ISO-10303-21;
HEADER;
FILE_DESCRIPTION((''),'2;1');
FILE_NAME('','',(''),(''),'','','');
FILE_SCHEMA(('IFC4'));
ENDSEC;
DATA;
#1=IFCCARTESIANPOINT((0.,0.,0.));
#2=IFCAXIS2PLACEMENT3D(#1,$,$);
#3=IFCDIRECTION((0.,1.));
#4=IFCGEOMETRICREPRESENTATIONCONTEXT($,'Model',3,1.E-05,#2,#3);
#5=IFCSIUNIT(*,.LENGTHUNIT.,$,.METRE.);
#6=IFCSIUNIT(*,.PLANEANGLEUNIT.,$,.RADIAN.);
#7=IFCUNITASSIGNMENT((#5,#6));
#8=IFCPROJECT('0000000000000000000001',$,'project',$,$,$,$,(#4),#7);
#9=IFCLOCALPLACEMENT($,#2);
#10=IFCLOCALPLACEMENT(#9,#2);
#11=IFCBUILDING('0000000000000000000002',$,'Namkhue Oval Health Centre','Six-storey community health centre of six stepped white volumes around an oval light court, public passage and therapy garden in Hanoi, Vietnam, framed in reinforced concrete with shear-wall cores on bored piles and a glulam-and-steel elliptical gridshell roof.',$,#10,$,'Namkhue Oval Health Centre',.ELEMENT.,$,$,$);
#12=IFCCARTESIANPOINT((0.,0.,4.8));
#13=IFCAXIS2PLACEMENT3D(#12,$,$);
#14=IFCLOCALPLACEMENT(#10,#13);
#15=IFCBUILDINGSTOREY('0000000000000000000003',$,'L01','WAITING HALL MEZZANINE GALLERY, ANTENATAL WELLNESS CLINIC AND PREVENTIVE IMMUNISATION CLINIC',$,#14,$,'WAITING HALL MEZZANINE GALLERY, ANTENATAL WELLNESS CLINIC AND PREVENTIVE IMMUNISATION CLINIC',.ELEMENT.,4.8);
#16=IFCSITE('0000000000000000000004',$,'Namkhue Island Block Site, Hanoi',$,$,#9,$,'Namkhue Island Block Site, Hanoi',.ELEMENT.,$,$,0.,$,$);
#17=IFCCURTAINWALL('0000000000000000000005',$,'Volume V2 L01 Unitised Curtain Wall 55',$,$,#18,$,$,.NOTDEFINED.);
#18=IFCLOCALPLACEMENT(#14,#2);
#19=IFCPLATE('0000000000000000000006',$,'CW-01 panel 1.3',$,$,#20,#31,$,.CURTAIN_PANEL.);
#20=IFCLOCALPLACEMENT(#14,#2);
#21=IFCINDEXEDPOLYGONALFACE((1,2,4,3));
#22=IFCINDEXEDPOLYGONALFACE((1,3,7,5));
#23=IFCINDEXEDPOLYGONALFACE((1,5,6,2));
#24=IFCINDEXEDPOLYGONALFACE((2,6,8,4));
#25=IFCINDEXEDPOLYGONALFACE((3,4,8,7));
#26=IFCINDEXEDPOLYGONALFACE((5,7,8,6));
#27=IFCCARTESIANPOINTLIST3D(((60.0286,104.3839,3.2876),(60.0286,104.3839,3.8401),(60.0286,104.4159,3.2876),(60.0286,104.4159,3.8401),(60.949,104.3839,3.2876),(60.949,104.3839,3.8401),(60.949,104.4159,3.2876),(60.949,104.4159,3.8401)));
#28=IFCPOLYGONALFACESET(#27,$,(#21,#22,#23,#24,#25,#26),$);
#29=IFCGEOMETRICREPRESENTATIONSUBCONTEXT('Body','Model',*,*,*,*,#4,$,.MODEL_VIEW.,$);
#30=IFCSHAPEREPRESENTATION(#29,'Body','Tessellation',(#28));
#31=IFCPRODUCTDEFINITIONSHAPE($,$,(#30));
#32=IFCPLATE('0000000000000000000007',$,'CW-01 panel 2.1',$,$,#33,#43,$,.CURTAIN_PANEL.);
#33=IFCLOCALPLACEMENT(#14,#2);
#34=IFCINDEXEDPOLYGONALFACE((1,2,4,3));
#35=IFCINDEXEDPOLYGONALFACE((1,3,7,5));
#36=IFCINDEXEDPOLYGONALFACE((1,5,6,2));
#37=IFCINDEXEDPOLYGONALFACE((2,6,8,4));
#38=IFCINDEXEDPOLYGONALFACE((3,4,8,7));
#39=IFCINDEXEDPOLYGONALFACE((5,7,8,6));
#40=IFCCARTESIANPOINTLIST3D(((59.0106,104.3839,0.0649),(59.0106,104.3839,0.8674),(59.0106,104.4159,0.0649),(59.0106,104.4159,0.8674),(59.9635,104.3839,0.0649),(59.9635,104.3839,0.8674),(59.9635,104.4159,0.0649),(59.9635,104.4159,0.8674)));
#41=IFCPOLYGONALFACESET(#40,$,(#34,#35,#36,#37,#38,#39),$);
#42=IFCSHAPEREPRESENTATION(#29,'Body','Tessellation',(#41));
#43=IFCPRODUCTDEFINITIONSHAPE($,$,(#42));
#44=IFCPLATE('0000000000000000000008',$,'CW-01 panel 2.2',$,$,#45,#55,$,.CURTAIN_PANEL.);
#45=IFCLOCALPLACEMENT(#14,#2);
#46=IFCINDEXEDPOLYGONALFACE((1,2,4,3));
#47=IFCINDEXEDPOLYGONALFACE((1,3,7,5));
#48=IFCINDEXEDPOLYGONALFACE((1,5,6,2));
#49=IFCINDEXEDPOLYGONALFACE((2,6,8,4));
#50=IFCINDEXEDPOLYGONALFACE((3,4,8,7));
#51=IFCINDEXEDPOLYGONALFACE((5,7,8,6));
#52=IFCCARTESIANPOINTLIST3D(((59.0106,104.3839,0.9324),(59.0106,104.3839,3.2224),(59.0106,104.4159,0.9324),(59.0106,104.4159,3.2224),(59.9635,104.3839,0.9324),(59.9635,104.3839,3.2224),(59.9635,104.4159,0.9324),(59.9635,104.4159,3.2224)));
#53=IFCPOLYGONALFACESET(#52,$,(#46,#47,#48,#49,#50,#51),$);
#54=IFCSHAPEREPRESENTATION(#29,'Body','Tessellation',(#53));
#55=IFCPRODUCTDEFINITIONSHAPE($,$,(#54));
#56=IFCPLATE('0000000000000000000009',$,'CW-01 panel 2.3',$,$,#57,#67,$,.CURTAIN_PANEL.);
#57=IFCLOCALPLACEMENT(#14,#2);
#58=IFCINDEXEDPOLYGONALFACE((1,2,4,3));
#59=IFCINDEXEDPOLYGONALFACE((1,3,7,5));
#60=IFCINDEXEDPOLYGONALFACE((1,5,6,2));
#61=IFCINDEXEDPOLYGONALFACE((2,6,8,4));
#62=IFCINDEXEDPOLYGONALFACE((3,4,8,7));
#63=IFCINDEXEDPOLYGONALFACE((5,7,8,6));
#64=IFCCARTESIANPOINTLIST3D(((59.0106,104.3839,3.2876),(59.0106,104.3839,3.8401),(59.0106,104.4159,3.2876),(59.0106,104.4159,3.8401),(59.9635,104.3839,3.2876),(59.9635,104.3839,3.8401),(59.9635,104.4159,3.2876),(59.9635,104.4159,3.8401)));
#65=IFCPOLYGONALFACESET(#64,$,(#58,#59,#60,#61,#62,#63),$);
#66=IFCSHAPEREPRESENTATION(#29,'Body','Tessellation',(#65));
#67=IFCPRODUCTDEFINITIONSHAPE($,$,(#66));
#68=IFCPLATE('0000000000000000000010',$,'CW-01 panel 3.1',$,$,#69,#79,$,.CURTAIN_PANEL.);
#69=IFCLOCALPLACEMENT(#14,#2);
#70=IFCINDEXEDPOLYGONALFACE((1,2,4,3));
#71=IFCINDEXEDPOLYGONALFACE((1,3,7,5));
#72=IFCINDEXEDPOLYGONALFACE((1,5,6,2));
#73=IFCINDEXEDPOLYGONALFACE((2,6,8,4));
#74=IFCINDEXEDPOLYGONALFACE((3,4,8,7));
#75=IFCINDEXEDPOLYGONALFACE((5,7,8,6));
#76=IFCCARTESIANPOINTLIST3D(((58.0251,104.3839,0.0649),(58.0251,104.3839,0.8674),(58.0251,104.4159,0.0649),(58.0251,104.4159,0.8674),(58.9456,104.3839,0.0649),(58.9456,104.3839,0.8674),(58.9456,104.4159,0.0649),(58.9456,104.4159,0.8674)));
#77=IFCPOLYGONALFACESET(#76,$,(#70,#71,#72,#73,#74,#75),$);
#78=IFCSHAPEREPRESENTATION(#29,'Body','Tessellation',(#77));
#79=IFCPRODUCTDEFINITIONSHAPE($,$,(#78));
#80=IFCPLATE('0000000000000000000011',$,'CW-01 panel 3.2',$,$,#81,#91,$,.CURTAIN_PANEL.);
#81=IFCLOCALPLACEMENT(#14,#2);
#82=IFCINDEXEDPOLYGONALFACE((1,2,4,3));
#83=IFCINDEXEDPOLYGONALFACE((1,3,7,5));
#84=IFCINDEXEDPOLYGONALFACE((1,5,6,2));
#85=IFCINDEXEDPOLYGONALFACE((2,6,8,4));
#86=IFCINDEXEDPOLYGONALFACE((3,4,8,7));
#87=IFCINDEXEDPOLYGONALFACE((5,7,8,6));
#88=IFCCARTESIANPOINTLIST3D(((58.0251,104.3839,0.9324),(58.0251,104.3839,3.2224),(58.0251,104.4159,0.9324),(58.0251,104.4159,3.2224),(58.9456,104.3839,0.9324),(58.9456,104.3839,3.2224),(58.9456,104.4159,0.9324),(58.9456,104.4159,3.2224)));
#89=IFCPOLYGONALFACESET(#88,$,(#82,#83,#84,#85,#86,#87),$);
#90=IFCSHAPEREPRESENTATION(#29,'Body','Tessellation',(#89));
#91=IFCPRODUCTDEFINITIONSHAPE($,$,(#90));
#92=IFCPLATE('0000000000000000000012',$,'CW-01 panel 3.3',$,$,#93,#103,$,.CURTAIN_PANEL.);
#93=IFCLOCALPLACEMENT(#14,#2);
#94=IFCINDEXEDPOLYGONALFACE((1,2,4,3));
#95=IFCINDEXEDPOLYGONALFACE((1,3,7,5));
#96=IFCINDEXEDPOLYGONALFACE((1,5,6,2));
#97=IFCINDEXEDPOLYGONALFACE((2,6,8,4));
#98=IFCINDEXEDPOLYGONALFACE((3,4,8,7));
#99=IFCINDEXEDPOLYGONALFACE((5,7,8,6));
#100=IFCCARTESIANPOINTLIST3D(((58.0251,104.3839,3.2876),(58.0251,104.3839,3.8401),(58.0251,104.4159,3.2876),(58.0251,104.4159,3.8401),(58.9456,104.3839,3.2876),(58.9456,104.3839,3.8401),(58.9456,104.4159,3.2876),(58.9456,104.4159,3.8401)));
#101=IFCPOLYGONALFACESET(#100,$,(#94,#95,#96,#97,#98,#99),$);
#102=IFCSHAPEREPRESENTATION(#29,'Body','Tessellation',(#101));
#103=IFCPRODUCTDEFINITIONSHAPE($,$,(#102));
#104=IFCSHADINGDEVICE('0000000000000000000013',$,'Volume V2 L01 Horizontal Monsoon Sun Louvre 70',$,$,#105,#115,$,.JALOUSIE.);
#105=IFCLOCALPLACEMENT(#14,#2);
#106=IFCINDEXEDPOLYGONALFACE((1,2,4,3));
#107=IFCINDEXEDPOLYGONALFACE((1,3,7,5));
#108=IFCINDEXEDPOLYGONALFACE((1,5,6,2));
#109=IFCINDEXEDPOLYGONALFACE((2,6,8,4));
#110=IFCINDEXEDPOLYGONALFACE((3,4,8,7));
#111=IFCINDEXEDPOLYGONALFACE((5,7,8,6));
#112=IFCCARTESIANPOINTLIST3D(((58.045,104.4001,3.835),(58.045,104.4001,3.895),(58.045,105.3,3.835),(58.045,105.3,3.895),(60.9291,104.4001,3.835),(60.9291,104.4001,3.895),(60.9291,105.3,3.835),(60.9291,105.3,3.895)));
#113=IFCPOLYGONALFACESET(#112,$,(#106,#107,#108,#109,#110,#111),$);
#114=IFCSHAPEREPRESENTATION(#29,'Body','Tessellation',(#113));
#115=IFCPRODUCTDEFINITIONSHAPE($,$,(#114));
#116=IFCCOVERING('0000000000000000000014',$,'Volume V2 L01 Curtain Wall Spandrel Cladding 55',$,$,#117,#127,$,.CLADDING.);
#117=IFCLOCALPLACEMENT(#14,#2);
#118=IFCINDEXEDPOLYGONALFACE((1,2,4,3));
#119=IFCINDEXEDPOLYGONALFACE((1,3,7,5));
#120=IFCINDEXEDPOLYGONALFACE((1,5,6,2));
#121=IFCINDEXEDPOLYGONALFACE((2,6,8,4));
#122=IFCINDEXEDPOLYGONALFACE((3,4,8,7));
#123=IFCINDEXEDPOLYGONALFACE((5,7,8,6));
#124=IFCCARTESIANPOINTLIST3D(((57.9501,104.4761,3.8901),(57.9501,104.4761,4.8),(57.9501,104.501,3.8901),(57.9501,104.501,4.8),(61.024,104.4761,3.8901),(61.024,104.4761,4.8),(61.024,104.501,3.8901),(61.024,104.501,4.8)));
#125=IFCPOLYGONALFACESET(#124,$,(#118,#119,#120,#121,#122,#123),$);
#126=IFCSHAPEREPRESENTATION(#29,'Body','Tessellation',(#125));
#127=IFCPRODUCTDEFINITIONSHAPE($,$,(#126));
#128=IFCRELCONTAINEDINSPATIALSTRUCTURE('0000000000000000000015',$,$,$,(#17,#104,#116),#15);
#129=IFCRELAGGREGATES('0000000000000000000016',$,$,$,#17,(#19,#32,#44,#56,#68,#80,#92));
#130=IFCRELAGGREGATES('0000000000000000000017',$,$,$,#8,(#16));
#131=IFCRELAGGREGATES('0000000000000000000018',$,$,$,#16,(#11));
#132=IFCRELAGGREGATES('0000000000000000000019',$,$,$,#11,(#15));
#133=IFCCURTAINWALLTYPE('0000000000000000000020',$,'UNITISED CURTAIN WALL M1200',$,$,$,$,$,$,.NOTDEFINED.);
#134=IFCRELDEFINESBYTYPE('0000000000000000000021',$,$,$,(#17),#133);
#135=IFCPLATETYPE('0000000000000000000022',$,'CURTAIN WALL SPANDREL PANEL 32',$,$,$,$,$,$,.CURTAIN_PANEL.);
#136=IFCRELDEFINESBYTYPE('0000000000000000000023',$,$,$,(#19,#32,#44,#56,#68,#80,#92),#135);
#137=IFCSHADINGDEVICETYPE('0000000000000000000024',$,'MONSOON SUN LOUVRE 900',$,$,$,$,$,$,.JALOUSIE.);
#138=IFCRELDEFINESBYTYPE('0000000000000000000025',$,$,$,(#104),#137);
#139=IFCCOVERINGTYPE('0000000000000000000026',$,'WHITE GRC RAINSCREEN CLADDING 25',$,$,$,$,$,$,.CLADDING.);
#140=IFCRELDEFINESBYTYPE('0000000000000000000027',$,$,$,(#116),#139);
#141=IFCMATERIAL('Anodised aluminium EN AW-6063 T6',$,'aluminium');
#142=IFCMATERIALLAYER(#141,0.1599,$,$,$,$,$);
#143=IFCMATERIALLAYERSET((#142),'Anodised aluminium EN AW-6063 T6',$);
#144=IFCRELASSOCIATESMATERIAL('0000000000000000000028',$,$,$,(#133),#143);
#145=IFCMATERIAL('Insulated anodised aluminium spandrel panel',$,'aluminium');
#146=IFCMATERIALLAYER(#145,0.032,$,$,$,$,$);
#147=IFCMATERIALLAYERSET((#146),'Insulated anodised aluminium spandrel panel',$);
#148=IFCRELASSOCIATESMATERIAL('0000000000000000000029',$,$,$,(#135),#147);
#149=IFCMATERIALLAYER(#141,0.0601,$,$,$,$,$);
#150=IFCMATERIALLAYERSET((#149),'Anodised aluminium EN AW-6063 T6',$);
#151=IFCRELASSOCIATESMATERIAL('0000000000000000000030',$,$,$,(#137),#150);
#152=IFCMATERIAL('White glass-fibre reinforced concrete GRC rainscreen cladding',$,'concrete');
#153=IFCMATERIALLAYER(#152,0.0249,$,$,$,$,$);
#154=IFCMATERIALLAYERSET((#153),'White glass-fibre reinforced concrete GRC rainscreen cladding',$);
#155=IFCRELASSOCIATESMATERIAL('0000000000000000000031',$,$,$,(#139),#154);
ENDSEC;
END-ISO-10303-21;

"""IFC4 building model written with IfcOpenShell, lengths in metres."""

from ifc_helpers import new_model, si_unit, direction, frame, origin, origin_2d, place, context, subcontext, project, spatial, rectangle, extrude, material, layer, layer_set, type_object, element, aggregate, save


model = new_model("IFC4")

# Units and contexts
model_context = context("Model", 3, precision=1e-05, world=origin(), true_north=direction((0.0, 1.0)))
body_context = subcontext(model_context, "Body", "Model", "MODEL_VIEW")
ifc_project = project(units=[si_unit("LENGTHUNIT", "METRE"), si_unit("PLANEANGLEUNIT", "RADIAN")], contexts=[model_context])

# Site, building, storey
site_placement = place(None, origin())
site = spatial("IfcSite", under=ifc_project, at=site_placement, Name="Namkhue Island Block Site, Hanoi", LongName="Namkhue Island Block Site, Hanoi", CompositionType="ELEMENT", RefElevation=0.0)
building_placement = place(site_placement, origin())
building = spatial("IfcBuilding", under=site, at=building_placement, Name="Namkhue Oval Health Centre", Description="Six-storey community health centre of six stepped white volumes around an oval light court, public passage and therapy garden in Hanoi, Vietnam, framed in reinforced concrete with shear-wall cores on bored piles and a glulam-and-steel elliptical gridshell roof.", LongName="Namkhue Oval Health Centre", CompositionType="ELEMENT")
storey_placement = place(building_placement, frame((0.0, 0.0, 4.8)))
storey = spatial("IfcBuildingStorey", under=building, at=storey_placement, Name="L01", Description="WAITING HALL MEZZANINE GALLERY, ANTENATAL WELLNESS CLINIC AND PREVENTIVE IMMUNISATION CLINIC", LongName="WAITING HALL MEZZANINE GALLERY, ANTENATAL WELLNESS CLINIC AND PREVENTIVE IMMUNISATION CLINIC", CompositionType="ELEMENT", Elevation=4.8)

# Curtain wall, plates
ifc_material_1 = material(Name="Anodised aluminium EN AW-6063 T6", Category="aluminium")
ifc_layer_1 = layer(ifc_material_1, 0.1599)
ifc_layer_set_1 = layer_set([ifc_layer_1], Name="Anodised aluminium EN AW-6063 T6")
curtain_wall_type = type_object("IfcCurtainWallType", Name="UNITISED CURTAIN WALL M1200", PredefinedType="NOTDEFINED", material=ifc_layer_set_1)
curtain_wall_placement = place(storey_placement, origin())
curtain_wall = element("IfcCurtainWall", 1, at=curtain_wall_placement, inside=storey, type_object=curtain_wall_type, Name="Volume V2 L01 Unitised Curtain Wall 55", PredefinedType="NOTDEFINED")
ifc_material_2 = material(Name="Insulated anodised aluminium spandrel panel", Category="aluminium")
ifc_layer_2 = layer(ifc_material_2, 0.032)
ifc_layer_set_2 = layer_set([ifc_layer_2], Name="Insulated anodised aluminium spandrel panel")
plate_type = type_object("IfcPlateType", Name="CURTAIN WALL SPANDREL PANEL 32", PredefinedType="CURTAIN_PANEL", material=ifc_layer_set_2)
plate_1_placement = place(storey_placement, frame((60.4888, 104.3999, 3.2876), z_axis=(0.0, 0.0, 1.0), x_axis=(-1.0, 0.0, 0.0)))
plate_1 = element("IfcPlate", 2, at=plate_1_placement, type_object=plate_type, Name="CW-01 panel 1.3", PredefinedType="CURTAIN_PANEL", context=body_context, shape_type="SweptSolid", body=[
    extrude(rectangle(XDim=0.9204, YDim=0.032, at=origin_2d()), origin(), (0.0, 0.0, 1.0), 0.5525),
])
plate_2_placement = place(storey_placement, frame((59.4871, 104.3999, 0.0649), z_axis=(0.0, 0.0, 1.0), x_axis=(-1.0, 0.0, 0.0)))
plate_2 = element("IfcPlate", 3, at=plate_2_placement, type_object=plate_type, Name="CW-01 panel 2.1", PredefinedType="CURTAIN_PANEL", context=body_context, shape_type="SweptSolid", body=[
    extrude(rectangle(XDim=0.9529, YDim=0.032, at=origin_2d()), origin(), (0.0, 0.0, 1.0), 0.8025),
])
plate_3_placement = place(storey_placement, frame((59.4871, 104.3999, 0.9324), z_axis=(0.0, 0.0, 1.0), x_axis=(-1.0, 0.0, 0.0)))
plate_3 = element("IfcPlate", 4, at=plate_3_placement, type_object=plate_type, Name="CW-01 panel 2.2", PredefinedType="CURTAIN_PANEL", context=body_context, shape_type="SweptSolid", body=[
    extrude(rectangle(XDim=0.9529, YDim=0.032, at=origin_2d()), origin(), (0.0, 0.0, 1.0), 2.29),
])
plate_4_placement = place(storey_placement, frame((59.4871, 104.3999, 3.2876), z_axis=(0.0, 0.0, 1.0), x_axis=(-1.0, 0.0, 0.0)))
plate_4 = element("IfcPlate", 5, at=plate_4_placement, type_object=plate_type, Name="CW-01 panel 2.3", PredefinedType="CURTAIN_PANEL", context=body_context, shape_type="SweptSolid", body=[
    extrude(rectangle(XDim=0.9529, YDim=0.032, at=origin_2d()), origin(), (0.0, 0.0, 1.0), 0.5525),
])
plate_5_placement = place(storey_placement, frame((58.4854, 104.3999, 0.0649), z_axis=(0.0, 0.0, 1.0), x_axis=(-1.0, 0.0, 0.0)))
plate_5 = element("IfcPlate", 6, at=plate_5_placement, type_object=plate_type, Name="CW-01 panel 3.1", PredefinedType="CURTAIN_PANEL", context=body_context, shape_type="SweptSolid", body=[
    extrude(rectangle(XDim=0.9204, YDim=0.032, at=origin_2d()), origin(), (0.0, 0.0, 1.0), 0.8025),
])
plate_6_placement = place(storey_placement, frame((58.4854, 104.3999, 0.9324), z_axis=(0.0, 0.0, 1.0), x_axis=(-1.0, 0.0, 0.0)))
plate_6 = element("IfcPlate", 7, at=plate_6_placement, type_object=plate_type, Name="CW-01 panel 3.2", PredefinedType="CURTAIN_PANEL", context=body_context, shape_type="SweptSolid", body=[
    extrude(rectangle(XDim=0.9204, YDim=0.032, at=origin_2d()), origin(), (0.0, 0.0, 1.0), 2.29),
])
plate_7_placement = place(storey_placement, frame((58.4854, 104.3999, 3.2876), z_axis=(0.0, 0.0, 1.0), x_axis=(-1.0, 0.0, 0.0)))
plate_7 = element("IfcPlate", 8, at=plate_7_placement, type_object=plate_type, Name="CW-01 panel 3.3", PredefinedType="CURTAIN_PANEL", context=body_context, shape_type="SweptSolid", body=[
    extrude(rectangle(XDim=0.9204, YDim=0.032, at=origin_2d()), origin(), (0.0, 0.0, 1.0), 0.5525),
])
aggregate(curtain_wall, [plate_1, plate_2, plate_3, plate_4, plate_5, plate_6, plate_7])

# Shading device
ifc_layer_3 = layer(ifc_material_1, 0.0601)
ifc_layer_set_3 = layer_set([ifc_layer_3], Name="Anodised aluminium EN AW-6063 T6")
shading_device_type = type_object("IfcShadingDeviceType", Name="MONSOON SUN LOUVRE 900", PredefinedType="JALOUSIE", material=ifc_layer_set_3)
shading_device_placement = place(storey_placement, frame((59.4871, 104.8501, 3.835), z_axis=(0.0, 0.0, 1.0), x_axis=(-1.0, 0.0, 0.0)))
element("IfcShadingDevice", 9, at=shading_device_placement, inside=storey, type_object=shading_device_type, Name="Volume V2 L01 Horizontal Monsoon Sun Louvre 70", PredefinedType="JALOUSIE", context=body_context, shape_type="SweptSolid", body=[
    extrude(rectangle(XDim=2.884, YDim=0.8999, at=origin_2d()), origin(), (0.0, 0.0, 1.0), 0.0601),
])

# Covering
ifc_material_3 = material(Name="White glass-fibre reinforced concrete GRC rainscreen cladding", Category="concrete")
ifc_layer_4 = layer(ifc_material_3, 0.0249)
ifc_layer_set_4 = layer_set([ifc_layer_4], Name="White glass-fibre reinforced concrete GRC rainscreen cladding")
covering_type = type_object("IfcCoveringType", Name="WHITE GRC RAINSCREEN CLADDING 25", PredefinedType="CLADDING", material=ifc_layer_set_4)
covering_placement = place(storey_placement, frame((59.4871, 104.4885, 3.8901), z_axis=(0.0, 0.0, 1.0), x_axis=(-1.0, 0.0, 0.0)))
element("IfcCovering", 10, at=covering_placement, inside=storey, type_object=covering_type, Name="Volume V2 L01 Curtain Wall Spandrel Cladding 55", PredefinedType="CLADDING", context=body_context, shape_type="SweptSolid", body=[
    extrude(rectangle(XDim=3.074, YDim=0.0249, at=origin_2d()), origin(), (0.0, 0.0, 1.0), 0.9099),
])

save(model, "model.ifc")
